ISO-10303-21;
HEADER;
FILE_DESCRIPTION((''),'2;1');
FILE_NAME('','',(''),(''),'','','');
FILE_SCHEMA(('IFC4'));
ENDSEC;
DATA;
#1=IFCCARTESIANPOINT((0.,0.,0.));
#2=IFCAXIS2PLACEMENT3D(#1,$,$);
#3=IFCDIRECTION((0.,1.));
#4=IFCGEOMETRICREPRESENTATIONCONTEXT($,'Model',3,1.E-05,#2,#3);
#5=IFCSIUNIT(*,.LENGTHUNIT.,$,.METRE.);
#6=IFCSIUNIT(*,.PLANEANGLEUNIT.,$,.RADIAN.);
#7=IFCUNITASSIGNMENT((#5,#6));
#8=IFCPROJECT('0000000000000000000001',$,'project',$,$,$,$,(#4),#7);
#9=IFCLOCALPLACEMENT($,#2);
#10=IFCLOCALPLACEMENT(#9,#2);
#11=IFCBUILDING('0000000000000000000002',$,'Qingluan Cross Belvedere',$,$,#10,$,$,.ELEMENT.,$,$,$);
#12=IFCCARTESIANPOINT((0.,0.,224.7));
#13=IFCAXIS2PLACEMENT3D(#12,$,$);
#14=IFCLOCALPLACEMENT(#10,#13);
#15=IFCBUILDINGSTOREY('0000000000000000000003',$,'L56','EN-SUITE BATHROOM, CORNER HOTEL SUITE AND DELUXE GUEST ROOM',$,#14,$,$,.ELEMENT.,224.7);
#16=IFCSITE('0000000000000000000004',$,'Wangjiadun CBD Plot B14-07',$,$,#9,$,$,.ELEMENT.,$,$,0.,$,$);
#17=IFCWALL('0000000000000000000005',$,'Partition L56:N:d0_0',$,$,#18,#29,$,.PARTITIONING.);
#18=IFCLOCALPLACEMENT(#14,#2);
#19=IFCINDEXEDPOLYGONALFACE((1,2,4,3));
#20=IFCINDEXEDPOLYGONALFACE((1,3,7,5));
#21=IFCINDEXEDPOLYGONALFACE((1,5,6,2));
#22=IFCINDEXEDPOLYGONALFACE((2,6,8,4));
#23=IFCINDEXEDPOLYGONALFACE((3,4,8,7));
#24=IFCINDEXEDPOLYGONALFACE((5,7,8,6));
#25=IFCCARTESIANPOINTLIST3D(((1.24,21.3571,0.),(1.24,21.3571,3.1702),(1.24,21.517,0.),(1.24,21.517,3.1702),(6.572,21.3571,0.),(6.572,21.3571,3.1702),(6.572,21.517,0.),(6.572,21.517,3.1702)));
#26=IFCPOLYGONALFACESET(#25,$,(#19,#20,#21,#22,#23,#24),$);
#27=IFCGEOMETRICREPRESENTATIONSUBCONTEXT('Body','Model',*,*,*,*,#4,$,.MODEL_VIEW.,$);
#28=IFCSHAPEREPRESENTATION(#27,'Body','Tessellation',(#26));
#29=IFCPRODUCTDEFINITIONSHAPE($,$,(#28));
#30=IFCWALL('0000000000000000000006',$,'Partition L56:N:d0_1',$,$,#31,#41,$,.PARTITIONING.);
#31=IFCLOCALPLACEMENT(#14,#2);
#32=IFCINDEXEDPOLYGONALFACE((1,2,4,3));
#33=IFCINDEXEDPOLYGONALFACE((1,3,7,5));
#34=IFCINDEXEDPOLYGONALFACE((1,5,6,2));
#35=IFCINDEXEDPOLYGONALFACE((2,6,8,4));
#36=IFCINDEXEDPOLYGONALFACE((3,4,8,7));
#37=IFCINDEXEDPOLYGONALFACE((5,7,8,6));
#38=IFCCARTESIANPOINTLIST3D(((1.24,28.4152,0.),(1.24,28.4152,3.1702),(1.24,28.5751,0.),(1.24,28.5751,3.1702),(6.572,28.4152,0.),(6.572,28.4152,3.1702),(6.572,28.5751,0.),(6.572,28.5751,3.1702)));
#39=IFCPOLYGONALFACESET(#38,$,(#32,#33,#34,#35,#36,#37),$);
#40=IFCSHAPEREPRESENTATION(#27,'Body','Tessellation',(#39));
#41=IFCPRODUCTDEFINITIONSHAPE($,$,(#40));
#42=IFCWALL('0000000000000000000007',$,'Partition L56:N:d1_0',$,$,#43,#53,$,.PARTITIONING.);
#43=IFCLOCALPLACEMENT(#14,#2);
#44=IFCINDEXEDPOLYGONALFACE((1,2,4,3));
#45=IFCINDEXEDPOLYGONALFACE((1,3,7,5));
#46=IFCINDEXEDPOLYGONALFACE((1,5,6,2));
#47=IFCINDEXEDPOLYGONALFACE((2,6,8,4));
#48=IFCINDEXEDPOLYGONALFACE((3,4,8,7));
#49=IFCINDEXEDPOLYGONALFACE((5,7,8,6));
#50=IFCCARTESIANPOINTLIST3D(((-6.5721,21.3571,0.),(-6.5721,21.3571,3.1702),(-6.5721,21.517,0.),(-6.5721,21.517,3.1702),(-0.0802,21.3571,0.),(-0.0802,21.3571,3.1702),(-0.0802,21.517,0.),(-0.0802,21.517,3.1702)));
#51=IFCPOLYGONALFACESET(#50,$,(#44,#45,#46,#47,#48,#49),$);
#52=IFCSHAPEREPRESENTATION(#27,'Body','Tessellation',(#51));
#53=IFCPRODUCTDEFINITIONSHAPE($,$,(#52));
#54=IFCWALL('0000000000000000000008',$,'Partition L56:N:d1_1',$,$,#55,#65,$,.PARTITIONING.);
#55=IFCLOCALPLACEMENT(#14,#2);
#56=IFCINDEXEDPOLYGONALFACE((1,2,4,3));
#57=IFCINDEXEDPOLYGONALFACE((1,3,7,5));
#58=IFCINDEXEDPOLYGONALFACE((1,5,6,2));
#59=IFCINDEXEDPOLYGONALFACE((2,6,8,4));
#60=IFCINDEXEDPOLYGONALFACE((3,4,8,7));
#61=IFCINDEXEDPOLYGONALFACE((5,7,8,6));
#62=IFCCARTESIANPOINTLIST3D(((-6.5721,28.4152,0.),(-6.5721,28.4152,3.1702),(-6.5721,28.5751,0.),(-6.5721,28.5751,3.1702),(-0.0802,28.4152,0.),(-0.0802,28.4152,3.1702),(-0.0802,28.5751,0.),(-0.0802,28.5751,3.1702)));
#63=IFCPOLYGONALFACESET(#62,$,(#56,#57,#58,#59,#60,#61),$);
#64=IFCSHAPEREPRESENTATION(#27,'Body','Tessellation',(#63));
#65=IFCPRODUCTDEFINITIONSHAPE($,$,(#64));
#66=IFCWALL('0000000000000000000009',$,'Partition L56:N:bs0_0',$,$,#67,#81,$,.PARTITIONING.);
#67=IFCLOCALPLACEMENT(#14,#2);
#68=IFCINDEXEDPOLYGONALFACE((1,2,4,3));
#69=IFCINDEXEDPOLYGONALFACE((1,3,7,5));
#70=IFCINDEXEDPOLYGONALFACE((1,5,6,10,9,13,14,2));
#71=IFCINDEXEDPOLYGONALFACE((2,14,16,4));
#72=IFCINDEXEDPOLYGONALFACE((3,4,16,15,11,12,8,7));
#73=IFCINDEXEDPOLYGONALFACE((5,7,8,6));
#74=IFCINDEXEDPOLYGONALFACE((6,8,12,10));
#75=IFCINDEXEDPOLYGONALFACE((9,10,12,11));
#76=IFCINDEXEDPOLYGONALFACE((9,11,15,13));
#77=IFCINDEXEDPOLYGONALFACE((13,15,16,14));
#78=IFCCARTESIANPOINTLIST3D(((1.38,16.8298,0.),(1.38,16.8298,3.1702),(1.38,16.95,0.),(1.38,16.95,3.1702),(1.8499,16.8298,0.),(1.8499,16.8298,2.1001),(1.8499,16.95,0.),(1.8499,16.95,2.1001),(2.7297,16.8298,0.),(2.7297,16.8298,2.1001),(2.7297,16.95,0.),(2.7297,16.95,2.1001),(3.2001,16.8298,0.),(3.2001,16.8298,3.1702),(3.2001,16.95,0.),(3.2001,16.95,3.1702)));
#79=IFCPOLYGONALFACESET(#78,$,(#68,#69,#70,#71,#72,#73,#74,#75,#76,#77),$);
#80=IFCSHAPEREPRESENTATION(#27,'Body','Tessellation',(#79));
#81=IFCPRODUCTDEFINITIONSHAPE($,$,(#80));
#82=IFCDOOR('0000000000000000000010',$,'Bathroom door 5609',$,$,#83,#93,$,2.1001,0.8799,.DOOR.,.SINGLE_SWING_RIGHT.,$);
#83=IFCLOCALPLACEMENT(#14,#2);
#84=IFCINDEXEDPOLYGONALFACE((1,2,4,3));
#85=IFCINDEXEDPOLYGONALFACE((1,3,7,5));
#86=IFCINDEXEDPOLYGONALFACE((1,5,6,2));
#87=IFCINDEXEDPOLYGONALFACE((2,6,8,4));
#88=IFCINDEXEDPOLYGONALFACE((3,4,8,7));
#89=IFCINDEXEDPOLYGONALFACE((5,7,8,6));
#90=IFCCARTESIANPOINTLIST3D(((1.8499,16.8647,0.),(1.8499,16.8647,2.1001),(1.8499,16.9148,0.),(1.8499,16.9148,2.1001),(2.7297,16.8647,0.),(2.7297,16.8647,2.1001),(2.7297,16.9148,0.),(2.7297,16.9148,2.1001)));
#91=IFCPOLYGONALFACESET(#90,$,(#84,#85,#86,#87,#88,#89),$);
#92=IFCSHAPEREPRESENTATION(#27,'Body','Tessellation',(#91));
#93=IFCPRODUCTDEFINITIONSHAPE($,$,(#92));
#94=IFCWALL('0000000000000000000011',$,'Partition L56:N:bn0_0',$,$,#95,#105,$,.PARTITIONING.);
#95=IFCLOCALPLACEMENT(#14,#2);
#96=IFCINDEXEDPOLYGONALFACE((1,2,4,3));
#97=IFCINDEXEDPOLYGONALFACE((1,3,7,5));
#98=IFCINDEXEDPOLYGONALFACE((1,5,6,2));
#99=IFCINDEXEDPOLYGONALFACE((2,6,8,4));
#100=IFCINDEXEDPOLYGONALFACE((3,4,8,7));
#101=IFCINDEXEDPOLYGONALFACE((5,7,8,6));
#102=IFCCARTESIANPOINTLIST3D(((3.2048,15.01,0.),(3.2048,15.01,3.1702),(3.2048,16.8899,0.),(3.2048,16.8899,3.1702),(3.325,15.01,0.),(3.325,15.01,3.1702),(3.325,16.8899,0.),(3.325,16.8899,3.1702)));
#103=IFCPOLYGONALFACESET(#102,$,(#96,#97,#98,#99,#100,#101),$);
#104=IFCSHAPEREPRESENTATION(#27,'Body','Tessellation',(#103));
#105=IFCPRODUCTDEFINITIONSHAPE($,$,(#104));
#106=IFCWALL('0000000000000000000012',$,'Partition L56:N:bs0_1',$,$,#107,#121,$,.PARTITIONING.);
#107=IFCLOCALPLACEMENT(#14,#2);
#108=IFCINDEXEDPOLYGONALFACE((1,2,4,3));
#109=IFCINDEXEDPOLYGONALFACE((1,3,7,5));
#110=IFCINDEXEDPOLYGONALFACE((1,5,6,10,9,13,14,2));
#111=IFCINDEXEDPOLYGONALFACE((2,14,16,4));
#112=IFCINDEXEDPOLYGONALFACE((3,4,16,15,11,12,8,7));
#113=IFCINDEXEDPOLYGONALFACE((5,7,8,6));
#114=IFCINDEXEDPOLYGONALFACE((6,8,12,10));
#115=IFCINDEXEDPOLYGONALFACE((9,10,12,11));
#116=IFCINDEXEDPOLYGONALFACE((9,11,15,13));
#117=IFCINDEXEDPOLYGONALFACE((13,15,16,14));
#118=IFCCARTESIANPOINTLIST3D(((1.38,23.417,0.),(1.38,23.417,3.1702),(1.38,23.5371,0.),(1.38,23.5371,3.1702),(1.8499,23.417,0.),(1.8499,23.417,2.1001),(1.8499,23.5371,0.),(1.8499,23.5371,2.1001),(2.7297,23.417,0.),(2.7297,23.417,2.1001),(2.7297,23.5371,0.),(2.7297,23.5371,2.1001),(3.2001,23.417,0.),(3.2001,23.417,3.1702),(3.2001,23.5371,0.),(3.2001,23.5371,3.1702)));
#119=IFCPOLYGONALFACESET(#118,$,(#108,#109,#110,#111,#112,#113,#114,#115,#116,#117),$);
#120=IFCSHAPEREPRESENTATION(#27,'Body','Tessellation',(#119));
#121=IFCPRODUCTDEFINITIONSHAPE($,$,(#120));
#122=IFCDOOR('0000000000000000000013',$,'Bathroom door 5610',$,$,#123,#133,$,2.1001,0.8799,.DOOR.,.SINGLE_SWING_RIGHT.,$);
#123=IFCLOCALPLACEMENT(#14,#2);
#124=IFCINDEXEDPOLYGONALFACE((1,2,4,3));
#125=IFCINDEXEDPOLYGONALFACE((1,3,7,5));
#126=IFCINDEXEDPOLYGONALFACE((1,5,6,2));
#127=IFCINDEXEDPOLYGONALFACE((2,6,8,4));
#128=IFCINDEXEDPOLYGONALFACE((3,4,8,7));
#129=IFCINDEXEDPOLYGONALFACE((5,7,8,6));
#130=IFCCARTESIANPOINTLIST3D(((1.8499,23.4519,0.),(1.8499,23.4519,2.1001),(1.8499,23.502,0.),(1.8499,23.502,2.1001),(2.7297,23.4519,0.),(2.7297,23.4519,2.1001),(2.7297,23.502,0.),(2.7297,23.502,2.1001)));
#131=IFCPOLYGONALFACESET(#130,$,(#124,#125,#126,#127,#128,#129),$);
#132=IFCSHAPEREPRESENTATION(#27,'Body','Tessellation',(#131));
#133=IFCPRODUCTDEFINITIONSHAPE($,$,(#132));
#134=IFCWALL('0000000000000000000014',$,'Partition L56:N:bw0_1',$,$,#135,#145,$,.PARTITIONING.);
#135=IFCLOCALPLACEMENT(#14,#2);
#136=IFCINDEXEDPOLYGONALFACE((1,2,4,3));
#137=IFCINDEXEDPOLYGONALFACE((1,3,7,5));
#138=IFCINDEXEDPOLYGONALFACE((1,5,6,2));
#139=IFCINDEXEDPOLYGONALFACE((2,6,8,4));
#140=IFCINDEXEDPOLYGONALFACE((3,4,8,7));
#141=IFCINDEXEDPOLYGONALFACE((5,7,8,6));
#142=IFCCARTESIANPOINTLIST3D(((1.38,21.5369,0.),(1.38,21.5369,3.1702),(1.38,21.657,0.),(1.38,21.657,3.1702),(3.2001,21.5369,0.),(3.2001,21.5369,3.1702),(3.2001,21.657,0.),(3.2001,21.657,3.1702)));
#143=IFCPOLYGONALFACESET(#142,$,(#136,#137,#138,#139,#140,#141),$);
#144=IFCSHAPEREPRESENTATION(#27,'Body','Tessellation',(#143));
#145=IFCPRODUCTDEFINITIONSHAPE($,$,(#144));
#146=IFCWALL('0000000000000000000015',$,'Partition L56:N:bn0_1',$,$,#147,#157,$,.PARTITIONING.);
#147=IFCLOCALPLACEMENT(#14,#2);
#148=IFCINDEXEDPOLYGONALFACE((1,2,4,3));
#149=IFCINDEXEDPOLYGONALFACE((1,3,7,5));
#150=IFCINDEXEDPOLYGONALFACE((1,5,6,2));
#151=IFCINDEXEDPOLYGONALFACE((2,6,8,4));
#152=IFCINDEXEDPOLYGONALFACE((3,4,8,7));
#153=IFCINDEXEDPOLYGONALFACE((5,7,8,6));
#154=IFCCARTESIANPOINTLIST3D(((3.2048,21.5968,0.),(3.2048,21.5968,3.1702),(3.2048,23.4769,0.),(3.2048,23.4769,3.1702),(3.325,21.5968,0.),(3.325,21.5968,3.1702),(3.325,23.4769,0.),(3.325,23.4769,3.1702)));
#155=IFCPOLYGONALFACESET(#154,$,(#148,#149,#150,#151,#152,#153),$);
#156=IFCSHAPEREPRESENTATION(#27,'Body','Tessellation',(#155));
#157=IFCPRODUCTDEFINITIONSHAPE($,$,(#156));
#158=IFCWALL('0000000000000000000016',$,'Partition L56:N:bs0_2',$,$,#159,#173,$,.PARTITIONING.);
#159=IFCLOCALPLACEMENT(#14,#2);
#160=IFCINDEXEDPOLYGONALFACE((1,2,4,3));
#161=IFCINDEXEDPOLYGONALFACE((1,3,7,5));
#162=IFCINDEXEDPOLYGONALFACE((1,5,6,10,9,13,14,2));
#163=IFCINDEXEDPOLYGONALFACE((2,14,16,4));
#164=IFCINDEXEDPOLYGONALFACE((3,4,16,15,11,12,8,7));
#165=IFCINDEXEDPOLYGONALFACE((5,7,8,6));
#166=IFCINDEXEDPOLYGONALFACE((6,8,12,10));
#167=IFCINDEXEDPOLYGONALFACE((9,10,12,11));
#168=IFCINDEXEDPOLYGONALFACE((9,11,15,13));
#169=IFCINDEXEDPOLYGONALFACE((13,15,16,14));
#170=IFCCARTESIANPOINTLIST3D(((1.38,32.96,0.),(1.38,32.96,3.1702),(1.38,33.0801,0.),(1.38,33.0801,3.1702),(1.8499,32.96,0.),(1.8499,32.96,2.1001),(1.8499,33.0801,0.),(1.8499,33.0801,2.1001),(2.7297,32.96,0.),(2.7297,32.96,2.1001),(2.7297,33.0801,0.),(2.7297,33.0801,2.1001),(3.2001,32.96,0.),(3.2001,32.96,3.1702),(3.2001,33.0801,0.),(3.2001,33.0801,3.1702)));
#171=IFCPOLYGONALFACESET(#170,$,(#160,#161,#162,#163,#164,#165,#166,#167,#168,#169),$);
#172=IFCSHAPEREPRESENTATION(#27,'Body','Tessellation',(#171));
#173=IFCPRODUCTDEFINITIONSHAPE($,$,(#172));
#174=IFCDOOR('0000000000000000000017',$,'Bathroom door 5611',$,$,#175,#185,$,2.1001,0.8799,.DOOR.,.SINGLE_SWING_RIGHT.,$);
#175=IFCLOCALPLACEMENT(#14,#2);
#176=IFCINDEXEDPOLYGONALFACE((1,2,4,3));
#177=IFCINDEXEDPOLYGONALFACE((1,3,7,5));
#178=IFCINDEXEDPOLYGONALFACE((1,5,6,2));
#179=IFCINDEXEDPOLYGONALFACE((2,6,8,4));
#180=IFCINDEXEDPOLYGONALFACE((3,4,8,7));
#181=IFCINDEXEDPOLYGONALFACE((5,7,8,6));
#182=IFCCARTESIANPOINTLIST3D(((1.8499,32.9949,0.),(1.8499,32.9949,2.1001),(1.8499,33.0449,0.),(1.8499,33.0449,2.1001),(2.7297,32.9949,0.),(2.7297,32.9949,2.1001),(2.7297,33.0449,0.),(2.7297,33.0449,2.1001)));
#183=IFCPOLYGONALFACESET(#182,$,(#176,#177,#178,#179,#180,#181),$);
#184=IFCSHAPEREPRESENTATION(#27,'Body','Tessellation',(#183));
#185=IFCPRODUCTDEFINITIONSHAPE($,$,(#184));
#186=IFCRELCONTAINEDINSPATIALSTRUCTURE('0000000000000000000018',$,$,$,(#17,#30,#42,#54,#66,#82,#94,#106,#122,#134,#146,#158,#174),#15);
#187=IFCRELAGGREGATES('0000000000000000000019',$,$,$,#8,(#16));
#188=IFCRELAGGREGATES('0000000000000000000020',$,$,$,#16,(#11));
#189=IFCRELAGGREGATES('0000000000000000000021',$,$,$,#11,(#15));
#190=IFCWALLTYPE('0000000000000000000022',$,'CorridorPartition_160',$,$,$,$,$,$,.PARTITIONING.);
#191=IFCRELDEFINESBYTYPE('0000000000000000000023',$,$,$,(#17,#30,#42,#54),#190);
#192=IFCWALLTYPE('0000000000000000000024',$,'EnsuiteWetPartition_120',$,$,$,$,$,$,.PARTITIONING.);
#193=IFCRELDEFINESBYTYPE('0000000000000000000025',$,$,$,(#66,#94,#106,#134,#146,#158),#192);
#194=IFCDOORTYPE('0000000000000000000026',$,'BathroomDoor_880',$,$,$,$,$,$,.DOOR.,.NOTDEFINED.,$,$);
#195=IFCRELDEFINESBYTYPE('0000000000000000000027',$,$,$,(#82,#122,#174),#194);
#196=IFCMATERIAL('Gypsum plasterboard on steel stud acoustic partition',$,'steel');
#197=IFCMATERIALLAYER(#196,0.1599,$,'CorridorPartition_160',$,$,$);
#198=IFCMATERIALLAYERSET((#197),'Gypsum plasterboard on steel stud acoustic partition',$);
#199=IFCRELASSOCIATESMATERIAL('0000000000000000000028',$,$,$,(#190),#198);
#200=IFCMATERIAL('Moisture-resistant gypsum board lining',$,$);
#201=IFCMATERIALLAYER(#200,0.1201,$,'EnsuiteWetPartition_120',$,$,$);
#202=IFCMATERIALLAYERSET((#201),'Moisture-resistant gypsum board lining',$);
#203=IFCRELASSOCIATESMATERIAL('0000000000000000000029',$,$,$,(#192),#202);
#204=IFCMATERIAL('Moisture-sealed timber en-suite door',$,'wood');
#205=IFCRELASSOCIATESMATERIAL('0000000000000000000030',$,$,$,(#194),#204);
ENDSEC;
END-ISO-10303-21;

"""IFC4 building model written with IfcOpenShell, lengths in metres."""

from ifc_helpers import new_model, si_unit, direction, frame, frame_2d, origin, place, context, subcontext, project, spatial, rectangle, extrude, material, layer, layer_set, type_object, element, fill, save


model = new_model("IFC4")

# Units and contexts
model_context = context("Model", 3, precision=1e-05, world=origin(), true_north=direction((0.0, 1.0)))
body_context = subcontext(model_context, "Body", "Model", "MODEL_VIEW")
ifc_project = project(units=[si_unit("LENGTHUNIT", "METRE"), si_unit("PLANEANGLEUNIT", "RADIAN")], contexts=[model_context])

# Site, building, storey
site_placement = place(None, origin())
site = spatial("IfcSite", under=ifc_project, at=site_placement, Name="Wangjiadun CBD Plot B14-07", CompositionType="ELEMENT", RefElevation=0.0)
building_placement = place(site_placement, origin())
building = spatial("IfcBuilding", under=site, at=building_placement, Name="Qingluan Cross Belvedere", CompositionType="ELEMENT")
storey_placement = place(building_placement, frame((0.0, 0.0, 224.7)))
storey = spatial("IfcBuildingStorey", under=building, at=storey_placement, Name="L56", Description="EN-SUITE BATHROOM, CORNER HOTEL SUITE AND DELUXE GUEST ROOM", CompositionType="ELEMENT", Elevation=224.7)

# Walls
ifc_material_1 = material(Name="Gypsum plasterboard on steel stud acoustic partition", Category="steel")
ifc_layer_1 = layer(ifc_material_1, 0.1599, Name="CorridorPartition_160")
ifc_layer_set_1 = layer_set([ifc_layer_1], Name="Gypsum plasterboard on steel stud acoustic partition")
wall_type_1 = type_object("IfcWallType", Name="CorridorPartition_160", PredefinedType="PARTITIONING", material=ifc_layer_set_1)
for number, where, z_axis, x_axis, name in (
    (1, (1.24, 21.437, 0.0), (0.0, 0.0, 1.0), (1.0, 0.0, 0.0), "Partition L56:N:d0_0"),
    (2, (1.24, 28.4951, 0.0), (0.0, 0.0, 1.0), (1.0, 0.0, 0.0), "Partition L56:N:d0_1"),
):
    element("IfcWall", number, at=place(storey_placement, frame(where, z_axis=z_axis, x_axis=x_axis)), inside=storey, type_object=wall_type_1, Name=name, PredefinedType="PARTITIONING", context=body_context, shape_type="SweptSolid", body=[
        extrude(rectangle(XDim=5.332, YDim=0.1599, at=frame_2d((2.666, 0.0))), origin(), (0.0, 0.0, 1.0), 3.1702),
    ])
for number, where, z_axis, x_axis, name in (
    (3, (-0.0801, 21.437, 0.0), (0.0, 0.0, 1.0), (-1.0, 0.0, 0.0), "Partition L56:N:d1_0"),
    (4, (-0.0801, 28.4951, 0.0), (0.0, 0.0, 1.0), (-1.0, 0.0, 0.0), "Partition L56:N:d1_1"),
):
    element("IfcWall", number, at=place(storey_placement, frame(where, z_axis=z_axis, x_axis=x_axis)), inside=storey, type_object=wall_type_1, Name=name, PredefinedType="PARTITIONING", context=body_context, shape_type="SweptSolid", body=[
        extrude(rectangle(XDim=6.4919, YDim=0.1599, at=frame_2d((3.2461, 0.0))), origin(), (0.0, 0.0, 1.0), 3.1702),
    ])

# Wall, opening, door
ifc_material_2 = material(Name="Moisture-resistant gypsum board lining")
ifc_layer_2 = layer(ifc_material_2, 0.1201, Name="EnsuiteWetPartition_120")
ifc_layer_set_2 = layer_set([ifc_layer_2], Name="Moisture-resistant gypsum board lining")
wall_type_2 = type_object("IfcWallType", Name="EnsuiteWetPartition_120", PredefinedType="PARTITIONING", material=ifc_layer_set_2)
wall_1_placement = place(storey_placement, frame((1.3799, 16.8899, 0.0), z_axis=(0.0, 0.0, 1.0), x_axis=(1.0, 0.0, 0.0)))
wall_1 = element("IfcWall", 5, at=wall_1_placement, inside=storey, type_object=wall_type_2, Name="Partition L56:N:bs0_0", PredefinedType="PARTITIONING", context=body_context, shape_type="SweptSolid", body=[
    extrude(rectangle(XDim=1.8201, YDim=0.1201, at=frame_2d((0.9102, 0.0))), origin(), (0.0, 0.0, 1.0), 3.1702),
])
opening_1_placement = place(wall_1_placement, frame((0.47, 0.0, 0.0)))
opening_1 = element("IfcOpeningElement", 6, at=opening_1_placement, cuts=wall_1, PredefinedType="OPENING", context=body_context, shape_type="SweptSolid", body=[
    extrude(rectangle(XDim=0.8799, YDim=2.1001, at=frame_2d((0.4399, 1.05))), frame((0.0, 0.0701, 0.0), z_axis=(0.0, -1.0, 0.0), x_axis=(1.0, 0.0, 0.0)), (0.0, 0.0, 1.0), 0.1401),
])
ifc_material_3 = material(Name="Moisture-sealed timber en-suite door", Category="wood")
door_type = type_object("IfcDoorType", Name="BathroomDoor_880", OperationType="NOTDEFINED", PredefinedType="DOOR", material=ifc_material_3)
door_1_placement = place(opening_1_placement, origin())
door_1 = element("IfcDoor", 7, at=door_1_placement, inside=storey, type_object=door_type, Name="Bathroom door 5609", OperationType="SINGLE_SWING_RIGHT", OverallHeight=2.1001, OverallWidth=0.8799, PredefinedType="DOOR", context=body_context, shape_type="SweptSolid", body=[
    extrude(rectangle(XDim=0.8799, YDim=2.1001, at=frame_2d((0.4399, 1.05))), frame((0.0, 0.0249, 0.0), z_axis=(0.0, -1.0, 0.0), x_axis=(1.0, 0.0, 0.0)), (0.0, 0.0, 1.0), 0.05),
])
fill(opening_1, door_1)

# Wall
wall_2_placement = place(storey_placement, frame((3.2649, 15.01, 0.0), z_axis=(0.0, 0.0, 1.0), x_axis=(0.0, 1.0, 0.0)))
element("IfcWall", 8, at=wall_2_placement, inside=storey, type_object=wall_type_2, Name="Partition L56:N:bn0_0", PredefinedType="PARTITIONING", context=body_context, shape_type="SweptSolid", body=[
    extrude(rectangle(XDim=1.8799, YDim=0.1201, at=frame_2d((0.9399, 0.0))), origin(), (0.0, 0.0, 1.0), 3.1702),
])

# Wall, opening, door
wall_3_placement = place(storey_placement, frame((1.3799, 23.4771, 0.0), z_axis=(0.0, 0.0, 1.0), x_axis=(1.0, 0.0, 0.0)))
wall_3 = element("IfcWall", 9, at=wall_3_placement, inside=storey, type_object=wall_type_2, Name="Partition L56:N:bs0_1", PredefinedType="PARTITIONING", context=body_context, shape_type="SweptSolid", body=[
    extrude(rectangle(XDim=1.8201, YDim=0.1201, at=frame_2d((0.9102, 0.0))), origin(), (0.0, 0.0, 1.0), 3.1702),
])
opening_2_placement = place(wall_3_placement, frame((0.47, 0.0, 0.0)))
opening_2 = element("IfcOpeningElement", 10, at=opening_2_placement, cuts=wall_3, PredefinedType="OPENING", context=body_context, shape_type="SweptSolid", body=[
    extrude(rectangle(XDim=0.8799, YDim=2.1001, at=frame_2d((0.4399, 1.05))), frame((0.0, 0.0701, 0.0), z_axis=(0.0, -1.0, 0.0), x_axis=(1.0, 0.0, 0.0)), (0.0, 0.0, 1.0), 0.1401),
])
door_2_placement = place(opening_2_placement, origin())
door_2 = element("IfcDoor", 11, at=door_2_placement, inside=storey, type_object=door_type, Name="Bathroom door 5610", OperationType="SINGLE_SWING_RIGHT", OverallHeight=2.1001, OverallWidth=0.8799, PredefinedType="DOOR", context=body_context, shape_type="SweptSolid", body=[
    extrude(rectangle(XDim=0.8799, YDim=2.1001, at=frame_2d((0.4399, 1.05))), frame((0.0, 0.0249, 0.0), z_axis=(0.0, -1.0, 0.0), x_axis=(1.0, 0.0, 0.0)), (0.0, 0.0, 1.0), 0.05),
])
fill(opening_2, door_2)

# Walls
wall_4_placement = place(storey_placement, frame((1.3799, 21.5969, 0.0), z_axis=(0.0, 0.0, 1.0), x_axis=(1.0, 0.0, 0.0)))
element("IfcWall", 12, at=wall_4_placement, inside=storey, type_object=wall_type_2, Name="Partition L56:N:bw0_1", PredefinedType="PARTITIONING", context=body_context, shape_type="SweptSolid", body=[
    extrude(rectangle(XDim=1.8201, YDim=0.1201, at=frame_2d((0.9102, 0.0))), origin(), (0.0, 0.0, 1.0), 3.1702),
])
wall_5_placement = place(storey_placement, frame((3.2649, 21.5969, 0.0), z_axis=(0.0, 0.0, 1.0), x_axis=(0.0, 1.0, 0.0)))
element("IfcWall", 13, at=wall_5_placement, inside=storey, type_object=wall_type_2, Name="Partition L56:N:bn0_1", PredefinedType="PARTITIONING", context=body_context, shape_type="SweptSolid", body=[
    extrude(rectangle(XDim=1.8801, YDim=0.1201, at=frame_2d((0.9399, 0.0))), origin(), (0.0, 0.0, 1.0), 3.1702),
])

# Wall, opening, door
wall_6_placement = place(storey_placement, frame((1.3799, 33.02, 0.0), z_axis=(0.0, 0.0, 1.0), x_axis=(1.0, 0.0, 0.0)))
wall_6 = element("IfcWall", 14, at=wall_6_placement, inside=storey, type_object=wall_type_2, Name="Partition L56:N:bs0_2", PredefinedType="PARTITIONING", context=body_context, shape_type="SweptSolid", body=[
    extrude(rectangle(XDim=1.8201, YDim=0.1201, at=frame_2d((0.9102, 0.0))), origin(), (0.0, 0.0, 1.0), 3.1702),
])
opening_3_placement = place(wall_6_placement, frame((0.47, 0.0, 0.0)))
opening_3 = element("IfcOpeningElement", 15, at=opening_3_placement, cuts=wall_6, PredefinedType="OPENING", context=body_context, shape_type="SweptSolid", body=[
    extrude(rectangle(XDim=0.8799, YDim=2.1001, at=frame_2d((0.4399, 1.05))), frame((0.0, 0.0701, 0.0), z_axis=(0.0, -1.0, 0.0), x_axis=(1.0, 0.0, 0.0)), (0.0, 0.0, 1.0), 0.1401),
])
door_3_placement = place(opening_3_placement, origin())
door_3 = element("IfcDoor", 16, at=door_3_placement, inside=storey, type_object=door_type, Name="Bathroom door 5611", OperationType="SINGLE_SWING_RIGHT", OverallHeight=2.1001, OverallWidth=0.8799, PredefinedType="DOOR", context=body_context, shape_type="SweptSolid", body=[
    extrude(rectangle(XDim=0.8799, YDim=2.1001, at=frame_2d((0.4399, 1.05))), frame((0.0, 0.0249, 0.0), z_axis=(0.0, -1.0, 0.0), x_axis=(1.0, 0.0, 0.0)), (0.0, 0.0, 1.0), 0.05),
])
fill(opening_3, door_3)

save(model, "model.ifc")
